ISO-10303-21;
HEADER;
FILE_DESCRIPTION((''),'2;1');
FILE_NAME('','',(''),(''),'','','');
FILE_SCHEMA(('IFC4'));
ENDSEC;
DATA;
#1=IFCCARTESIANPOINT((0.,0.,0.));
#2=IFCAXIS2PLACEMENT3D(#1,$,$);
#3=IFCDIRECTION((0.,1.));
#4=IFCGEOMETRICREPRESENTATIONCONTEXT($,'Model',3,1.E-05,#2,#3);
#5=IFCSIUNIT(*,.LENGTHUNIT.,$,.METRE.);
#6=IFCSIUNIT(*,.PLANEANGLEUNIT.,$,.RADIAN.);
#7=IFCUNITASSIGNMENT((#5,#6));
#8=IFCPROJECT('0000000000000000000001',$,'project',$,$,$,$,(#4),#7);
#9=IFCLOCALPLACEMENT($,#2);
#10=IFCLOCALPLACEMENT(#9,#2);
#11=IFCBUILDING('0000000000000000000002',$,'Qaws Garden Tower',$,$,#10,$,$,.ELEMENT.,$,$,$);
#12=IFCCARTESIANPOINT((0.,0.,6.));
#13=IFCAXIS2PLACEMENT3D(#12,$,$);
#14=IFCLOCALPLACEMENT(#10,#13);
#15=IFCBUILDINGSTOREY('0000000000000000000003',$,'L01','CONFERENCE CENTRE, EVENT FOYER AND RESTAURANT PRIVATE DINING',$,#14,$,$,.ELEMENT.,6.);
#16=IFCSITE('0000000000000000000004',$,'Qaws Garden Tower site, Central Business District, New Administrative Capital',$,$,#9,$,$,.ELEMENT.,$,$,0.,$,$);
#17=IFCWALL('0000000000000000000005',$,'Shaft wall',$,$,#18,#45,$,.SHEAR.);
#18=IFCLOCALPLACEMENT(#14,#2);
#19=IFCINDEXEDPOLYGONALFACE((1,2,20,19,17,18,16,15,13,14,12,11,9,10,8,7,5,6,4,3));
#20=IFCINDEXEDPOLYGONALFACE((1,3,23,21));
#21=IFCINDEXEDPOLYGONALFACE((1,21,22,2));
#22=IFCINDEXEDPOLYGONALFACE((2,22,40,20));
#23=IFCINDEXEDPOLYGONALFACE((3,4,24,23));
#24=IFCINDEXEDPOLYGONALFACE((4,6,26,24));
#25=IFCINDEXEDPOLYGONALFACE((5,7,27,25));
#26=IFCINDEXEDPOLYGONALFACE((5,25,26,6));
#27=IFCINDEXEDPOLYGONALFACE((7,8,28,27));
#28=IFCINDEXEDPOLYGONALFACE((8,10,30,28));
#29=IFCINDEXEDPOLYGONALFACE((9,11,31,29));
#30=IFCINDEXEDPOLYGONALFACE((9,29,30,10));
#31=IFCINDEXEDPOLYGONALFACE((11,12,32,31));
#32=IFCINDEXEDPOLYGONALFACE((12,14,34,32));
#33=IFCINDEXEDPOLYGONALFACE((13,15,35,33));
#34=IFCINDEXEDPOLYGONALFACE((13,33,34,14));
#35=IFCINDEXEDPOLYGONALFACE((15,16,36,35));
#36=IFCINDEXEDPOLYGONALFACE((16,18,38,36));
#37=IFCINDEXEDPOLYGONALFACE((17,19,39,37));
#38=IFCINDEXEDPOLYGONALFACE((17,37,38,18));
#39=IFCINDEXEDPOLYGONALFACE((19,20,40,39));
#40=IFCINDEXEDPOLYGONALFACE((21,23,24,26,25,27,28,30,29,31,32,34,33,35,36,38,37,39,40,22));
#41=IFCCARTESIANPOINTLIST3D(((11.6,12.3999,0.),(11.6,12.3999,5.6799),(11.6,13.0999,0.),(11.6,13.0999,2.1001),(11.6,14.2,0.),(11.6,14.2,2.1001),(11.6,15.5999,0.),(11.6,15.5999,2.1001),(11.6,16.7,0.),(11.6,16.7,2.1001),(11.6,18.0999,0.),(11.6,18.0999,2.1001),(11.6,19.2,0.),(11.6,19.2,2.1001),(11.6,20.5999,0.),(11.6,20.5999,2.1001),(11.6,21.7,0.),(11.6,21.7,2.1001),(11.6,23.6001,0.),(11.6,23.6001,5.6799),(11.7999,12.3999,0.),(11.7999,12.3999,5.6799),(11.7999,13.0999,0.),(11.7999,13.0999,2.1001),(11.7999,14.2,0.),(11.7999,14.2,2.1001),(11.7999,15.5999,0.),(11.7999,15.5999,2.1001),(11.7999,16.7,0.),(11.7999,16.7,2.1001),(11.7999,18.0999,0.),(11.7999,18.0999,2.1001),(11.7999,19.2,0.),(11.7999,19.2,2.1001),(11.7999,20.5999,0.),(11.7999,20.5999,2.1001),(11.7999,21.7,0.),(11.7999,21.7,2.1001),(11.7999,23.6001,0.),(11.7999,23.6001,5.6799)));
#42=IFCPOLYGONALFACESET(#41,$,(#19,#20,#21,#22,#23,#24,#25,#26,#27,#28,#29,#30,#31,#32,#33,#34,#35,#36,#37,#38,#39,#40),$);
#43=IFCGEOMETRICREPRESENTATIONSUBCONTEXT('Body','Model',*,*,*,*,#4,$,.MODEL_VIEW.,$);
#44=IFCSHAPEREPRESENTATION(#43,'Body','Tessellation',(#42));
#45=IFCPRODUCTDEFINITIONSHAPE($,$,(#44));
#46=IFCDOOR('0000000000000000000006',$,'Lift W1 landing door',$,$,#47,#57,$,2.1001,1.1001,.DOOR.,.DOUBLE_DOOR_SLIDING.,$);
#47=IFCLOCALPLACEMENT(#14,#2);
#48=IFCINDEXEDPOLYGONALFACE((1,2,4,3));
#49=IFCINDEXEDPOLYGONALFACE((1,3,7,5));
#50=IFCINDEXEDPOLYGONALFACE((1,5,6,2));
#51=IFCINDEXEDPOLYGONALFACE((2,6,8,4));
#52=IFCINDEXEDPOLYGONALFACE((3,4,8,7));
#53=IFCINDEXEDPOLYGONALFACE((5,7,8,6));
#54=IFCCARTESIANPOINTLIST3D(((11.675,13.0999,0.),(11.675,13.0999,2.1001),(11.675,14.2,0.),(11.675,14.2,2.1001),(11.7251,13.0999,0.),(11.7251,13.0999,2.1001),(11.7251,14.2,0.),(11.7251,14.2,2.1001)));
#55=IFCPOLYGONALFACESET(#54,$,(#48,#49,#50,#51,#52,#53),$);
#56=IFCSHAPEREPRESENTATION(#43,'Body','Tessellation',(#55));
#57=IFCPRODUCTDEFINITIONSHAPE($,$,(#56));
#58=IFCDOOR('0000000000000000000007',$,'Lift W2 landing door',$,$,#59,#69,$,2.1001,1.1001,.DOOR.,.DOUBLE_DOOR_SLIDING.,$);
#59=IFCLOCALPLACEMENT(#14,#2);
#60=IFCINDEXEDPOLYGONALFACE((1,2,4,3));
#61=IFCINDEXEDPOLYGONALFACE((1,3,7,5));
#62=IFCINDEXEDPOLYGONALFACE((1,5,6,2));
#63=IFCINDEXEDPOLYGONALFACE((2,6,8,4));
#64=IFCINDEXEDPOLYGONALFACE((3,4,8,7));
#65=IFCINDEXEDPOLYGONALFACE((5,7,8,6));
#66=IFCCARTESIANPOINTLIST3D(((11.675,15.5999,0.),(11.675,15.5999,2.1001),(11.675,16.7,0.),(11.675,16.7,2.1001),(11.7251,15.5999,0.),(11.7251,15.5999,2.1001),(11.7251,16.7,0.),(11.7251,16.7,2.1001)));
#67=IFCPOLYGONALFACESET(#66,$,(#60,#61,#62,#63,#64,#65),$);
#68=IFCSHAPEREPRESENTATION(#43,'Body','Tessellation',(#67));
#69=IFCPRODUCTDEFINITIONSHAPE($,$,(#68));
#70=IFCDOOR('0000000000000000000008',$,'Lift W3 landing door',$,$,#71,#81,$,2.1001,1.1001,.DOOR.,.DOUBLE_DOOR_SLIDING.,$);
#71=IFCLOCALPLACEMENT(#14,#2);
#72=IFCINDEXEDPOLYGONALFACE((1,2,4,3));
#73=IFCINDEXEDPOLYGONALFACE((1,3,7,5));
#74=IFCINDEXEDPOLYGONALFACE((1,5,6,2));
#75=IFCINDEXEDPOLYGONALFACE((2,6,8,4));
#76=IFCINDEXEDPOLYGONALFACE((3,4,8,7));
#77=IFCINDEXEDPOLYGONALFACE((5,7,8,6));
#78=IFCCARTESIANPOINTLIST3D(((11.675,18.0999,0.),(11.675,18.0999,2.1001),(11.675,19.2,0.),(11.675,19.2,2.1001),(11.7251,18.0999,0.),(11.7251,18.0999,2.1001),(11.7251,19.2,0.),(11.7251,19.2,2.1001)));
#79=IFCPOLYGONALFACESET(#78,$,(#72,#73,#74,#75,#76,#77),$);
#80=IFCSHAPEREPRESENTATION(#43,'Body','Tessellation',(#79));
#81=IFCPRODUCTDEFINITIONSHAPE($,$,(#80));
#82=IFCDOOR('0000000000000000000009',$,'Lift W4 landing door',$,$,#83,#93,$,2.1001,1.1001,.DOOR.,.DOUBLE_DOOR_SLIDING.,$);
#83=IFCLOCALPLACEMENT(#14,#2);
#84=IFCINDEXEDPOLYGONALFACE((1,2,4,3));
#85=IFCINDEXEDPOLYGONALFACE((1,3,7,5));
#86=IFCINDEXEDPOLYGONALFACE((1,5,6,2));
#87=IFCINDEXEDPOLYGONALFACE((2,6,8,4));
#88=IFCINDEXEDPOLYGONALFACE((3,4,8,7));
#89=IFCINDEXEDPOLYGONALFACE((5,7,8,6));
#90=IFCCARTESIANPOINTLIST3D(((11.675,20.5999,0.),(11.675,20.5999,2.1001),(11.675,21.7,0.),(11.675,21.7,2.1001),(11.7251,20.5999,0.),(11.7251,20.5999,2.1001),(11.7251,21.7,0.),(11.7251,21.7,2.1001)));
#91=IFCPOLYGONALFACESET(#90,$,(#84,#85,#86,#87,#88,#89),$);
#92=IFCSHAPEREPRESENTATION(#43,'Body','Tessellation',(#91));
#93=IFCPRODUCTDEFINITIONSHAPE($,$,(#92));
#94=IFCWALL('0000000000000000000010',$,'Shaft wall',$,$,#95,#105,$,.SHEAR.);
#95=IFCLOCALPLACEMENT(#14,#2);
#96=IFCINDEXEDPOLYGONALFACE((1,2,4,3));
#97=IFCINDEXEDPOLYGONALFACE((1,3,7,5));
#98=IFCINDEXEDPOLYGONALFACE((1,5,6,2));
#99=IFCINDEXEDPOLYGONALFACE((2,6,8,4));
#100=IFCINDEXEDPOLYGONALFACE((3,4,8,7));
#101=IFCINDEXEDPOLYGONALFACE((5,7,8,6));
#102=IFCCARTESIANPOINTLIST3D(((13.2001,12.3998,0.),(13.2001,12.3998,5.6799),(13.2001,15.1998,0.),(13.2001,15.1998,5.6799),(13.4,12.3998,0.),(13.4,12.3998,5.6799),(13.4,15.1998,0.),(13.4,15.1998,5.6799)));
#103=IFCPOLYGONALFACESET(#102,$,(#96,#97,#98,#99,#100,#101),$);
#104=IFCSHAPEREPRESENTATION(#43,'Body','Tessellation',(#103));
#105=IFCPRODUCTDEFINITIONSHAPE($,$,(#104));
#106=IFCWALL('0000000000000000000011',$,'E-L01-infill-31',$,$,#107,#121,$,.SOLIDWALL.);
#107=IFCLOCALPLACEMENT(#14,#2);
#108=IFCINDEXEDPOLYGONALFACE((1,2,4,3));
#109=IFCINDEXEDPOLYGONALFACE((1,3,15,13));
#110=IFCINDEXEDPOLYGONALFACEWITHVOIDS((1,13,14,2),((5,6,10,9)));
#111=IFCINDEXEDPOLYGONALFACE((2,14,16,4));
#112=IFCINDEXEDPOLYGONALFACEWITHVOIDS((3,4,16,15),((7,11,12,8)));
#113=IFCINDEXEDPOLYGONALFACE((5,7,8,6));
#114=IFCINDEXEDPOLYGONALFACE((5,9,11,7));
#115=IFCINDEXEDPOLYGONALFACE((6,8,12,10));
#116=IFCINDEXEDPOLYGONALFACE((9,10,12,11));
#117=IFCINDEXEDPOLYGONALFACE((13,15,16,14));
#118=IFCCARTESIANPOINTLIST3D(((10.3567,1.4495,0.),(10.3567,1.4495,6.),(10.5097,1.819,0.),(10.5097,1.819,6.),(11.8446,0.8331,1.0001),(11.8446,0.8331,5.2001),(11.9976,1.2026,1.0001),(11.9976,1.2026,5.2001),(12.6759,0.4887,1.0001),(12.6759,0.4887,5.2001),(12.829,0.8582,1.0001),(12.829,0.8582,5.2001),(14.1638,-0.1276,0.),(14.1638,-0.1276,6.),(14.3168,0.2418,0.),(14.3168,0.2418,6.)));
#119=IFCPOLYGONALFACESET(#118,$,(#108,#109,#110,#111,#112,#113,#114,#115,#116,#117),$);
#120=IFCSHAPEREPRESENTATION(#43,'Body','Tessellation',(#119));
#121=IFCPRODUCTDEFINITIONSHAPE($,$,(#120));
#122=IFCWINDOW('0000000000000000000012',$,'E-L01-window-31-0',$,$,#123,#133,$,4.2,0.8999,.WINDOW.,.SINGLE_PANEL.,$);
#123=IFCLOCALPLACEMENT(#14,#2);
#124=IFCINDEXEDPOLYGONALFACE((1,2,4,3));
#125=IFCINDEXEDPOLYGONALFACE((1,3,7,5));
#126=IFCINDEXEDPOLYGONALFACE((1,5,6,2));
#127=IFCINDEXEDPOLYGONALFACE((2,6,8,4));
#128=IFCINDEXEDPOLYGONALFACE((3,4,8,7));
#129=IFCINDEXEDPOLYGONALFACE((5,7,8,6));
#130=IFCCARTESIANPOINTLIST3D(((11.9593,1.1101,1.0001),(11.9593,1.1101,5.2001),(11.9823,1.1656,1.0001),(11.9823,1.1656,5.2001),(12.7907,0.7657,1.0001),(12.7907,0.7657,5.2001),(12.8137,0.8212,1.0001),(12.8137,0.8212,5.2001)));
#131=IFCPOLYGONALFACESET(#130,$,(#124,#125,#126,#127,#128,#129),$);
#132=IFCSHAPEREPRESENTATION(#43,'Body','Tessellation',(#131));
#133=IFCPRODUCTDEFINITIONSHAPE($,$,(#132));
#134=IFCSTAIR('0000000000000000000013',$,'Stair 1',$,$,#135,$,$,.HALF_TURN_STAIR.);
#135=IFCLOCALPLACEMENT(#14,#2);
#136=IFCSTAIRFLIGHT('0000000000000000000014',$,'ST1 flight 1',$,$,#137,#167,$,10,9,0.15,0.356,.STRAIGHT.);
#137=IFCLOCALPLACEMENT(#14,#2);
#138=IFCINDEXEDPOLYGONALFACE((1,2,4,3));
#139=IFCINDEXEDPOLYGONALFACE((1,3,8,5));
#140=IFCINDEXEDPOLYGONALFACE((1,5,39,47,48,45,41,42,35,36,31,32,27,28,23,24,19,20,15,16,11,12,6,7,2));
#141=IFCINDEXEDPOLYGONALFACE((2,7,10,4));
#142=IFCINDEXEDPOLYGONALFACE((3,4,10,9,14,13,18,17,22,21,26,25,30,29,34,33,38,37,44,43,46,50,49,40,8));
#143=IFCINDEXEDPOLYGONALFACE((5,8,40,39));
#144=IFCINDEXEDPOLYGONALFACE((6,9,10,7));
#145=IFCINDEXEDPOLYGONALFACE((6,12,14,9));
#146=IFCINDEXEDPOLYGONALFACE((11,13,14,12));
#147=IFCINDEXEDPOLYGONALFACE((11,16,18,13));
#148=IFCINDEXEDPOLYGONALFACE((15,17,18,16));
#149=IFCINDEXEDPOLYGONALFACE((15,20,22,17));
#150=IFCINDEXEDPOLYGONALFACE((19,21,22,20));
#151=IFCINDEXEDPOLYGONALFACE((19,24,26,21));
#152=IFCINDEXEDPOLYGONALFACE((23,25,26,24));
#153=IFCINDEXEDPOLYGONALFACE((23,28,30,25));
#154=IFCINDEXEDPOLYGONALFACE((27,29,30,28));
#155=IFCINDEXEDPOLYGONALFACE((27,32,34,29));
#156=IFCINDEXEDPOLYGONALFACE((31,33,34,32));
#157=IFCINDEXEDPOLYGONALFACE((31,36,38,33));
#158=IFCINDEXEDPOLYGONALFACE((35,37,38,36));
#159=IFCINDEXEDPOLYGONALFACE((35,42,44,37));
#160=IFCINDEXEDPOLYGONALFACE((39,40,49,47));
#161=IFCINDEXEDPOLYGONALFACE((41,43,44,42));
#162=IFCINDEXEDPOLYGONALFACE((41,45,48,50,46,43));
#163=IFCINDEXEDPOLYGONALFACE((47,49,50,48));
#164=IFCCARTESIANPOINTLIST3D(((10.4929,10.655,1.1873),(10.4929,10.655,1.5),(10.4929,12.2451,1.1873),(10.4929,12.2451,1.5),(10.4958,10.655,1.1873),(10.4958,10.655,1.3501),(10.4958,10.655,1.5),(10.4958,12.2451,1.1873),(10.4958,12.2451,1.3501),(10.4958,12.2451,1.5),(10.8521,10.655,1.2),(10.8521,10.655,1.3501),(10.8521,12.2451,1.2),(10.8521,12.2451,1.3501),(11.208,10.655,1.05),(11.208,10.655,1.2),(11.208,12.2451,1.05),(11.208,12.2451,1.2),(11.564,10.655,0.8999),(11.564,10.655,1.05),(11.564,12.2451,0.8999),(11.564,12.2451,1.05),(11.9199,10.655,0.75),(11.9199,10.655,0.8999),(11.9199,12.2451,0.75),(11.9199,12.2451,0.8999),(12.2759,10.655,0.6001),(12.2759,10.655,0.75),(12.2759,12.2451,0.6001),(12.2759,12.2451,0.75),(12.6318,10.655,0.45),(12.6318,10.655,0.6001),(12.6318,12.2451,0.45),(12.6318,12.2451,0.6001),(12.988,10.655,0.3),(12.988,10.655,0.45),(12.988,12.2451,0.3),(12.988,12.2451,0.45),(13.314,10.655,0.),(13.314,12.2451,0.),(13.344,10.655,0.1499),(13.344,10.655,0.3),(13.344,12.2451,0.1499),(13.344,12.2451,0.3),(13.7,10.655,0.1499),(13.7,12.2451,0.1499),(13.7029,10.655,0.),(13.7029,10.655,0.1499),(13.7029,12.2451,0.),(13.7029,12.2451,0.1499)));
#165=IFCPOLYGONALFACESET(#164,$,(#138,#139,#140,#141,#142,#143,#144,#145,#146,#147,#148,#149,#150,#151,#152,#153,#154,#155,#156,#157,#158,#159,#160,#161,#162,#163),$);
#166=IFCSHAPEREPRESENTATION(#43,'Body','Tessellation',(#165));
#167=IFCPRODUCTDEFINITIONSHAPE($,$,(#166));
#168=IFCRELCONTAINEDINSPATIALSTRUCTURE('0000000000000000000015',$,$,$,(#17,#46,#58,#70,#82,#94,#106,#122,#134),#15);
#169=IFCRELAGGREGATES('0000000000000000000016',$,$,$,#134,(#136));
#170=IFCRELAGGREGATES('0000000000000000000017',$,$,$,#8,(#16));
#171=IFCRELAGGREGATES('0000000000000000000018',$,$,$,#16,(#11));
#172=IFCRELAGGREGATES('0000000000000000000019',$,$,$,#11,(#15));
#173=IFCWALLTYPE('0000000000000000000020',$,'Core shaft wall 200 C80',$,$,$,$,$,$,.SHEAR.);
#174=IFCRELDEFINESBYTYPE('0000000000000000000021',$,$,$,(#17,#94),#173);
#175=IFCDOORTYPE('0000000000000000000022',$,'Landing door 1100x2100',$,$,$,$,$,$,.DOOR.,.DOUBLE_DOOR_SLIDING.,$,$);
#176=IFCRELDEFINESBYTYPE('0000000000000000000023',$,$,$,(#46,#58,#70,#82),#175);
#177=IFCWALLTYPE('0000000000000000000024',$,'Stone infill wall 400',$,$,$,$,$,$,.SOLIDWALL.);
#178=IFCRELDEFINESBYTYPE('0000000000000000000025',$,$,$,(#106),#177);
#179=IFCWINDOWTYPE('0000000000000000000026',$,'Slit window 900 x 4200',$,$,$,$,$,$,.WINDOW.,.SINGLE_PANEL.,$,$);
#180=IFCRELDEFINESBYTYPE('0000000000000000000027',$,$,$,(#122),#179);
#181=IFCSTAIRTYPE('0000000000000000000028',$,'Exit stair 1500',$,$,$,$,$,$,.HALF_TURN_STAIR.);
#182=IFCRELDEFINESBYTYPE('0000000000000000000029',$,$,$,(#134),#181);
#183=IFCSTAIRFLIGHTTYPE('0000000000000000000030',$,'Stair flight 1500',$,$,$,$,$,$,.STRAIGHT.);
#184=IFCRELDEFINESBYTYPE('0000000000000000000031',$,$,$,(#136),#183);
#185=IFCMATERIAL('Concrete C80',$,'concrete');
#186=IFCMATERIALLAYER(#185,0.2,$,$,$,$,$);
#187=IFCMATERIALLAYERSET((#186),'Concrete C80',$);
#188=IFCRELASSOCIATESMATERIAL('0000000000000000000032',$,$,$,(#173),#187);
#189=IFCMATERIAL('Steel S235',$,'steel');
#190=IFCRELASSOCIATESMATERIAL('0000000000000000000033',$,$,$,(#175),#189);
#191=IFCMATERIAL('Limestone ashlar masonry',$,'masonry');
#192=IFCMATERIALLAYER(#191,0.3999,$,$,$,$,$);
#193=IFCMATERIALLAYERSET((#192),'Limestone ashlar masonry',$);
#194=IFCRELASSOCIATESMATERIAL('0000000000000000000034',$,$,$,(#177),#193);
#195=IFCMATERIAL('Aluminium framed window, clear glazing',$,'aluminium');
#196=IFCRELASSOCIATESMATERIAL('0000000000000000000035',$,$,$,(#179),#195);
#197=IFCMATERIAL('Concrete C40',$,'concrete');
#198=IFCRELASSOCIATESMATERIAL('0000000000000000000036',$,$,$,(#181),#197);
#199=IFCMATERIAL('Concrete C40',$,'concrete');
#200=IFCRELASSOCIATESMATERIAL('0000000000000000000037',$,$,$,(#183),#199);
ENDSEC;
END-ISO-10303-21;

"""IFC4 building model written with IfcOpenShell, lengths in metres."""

from ifc_helpers import new_model, si_unit, direction, frame, frame_2d, origin, place, context, subcontext, project, spatial, polyline, rectangle, outline, extrude, material, layer, layer_set, type_object, element, fill, aggregate, save


model = new_model("IFC4")

# Units and contexts
model_context = context("Model", 3, precision=1e-05, world=origin(), true_north=direction((0.0, 1.0)))
body_context = subcontext(model_context, "Body", "Model", "MODEL_VIEW")
ifc_project = project(units=[si_unit("LENGTHUNIT", "METRE"), si_unit("PLANEANGLEUNIT", "RADIAN")], contexts=[model_context])

# Site, building, storey
site_placement = place(None, origin())
site = spatial("IfcSite", under=ifc_project, at=site_placement, Name="Qaws Garden Tower site, Central Business District, New Administrative Capital", CompositionType="ELEMENT", RefElevation=0.0)
building_placement = place(site_placement, origin())
building = spatial("IfcBuilding", under=site, at=building_placement, Name="Qaws Garden Tower", CompositionType="ELEMENT")
storey_placement = place(building_placement, frame((0.0, 0.0, 6.0)))
storey = spatial("IfcBuildingStorey", under=building, at=storey_placement, Name="L01", Description="CONFERENCE CENTRE, EVENT FOYER AND RESTAURANT PRIVATE DINING", CompositionType="ELEMENT", Elevation=6.0)

# Shared definitions
ifc_material_1 = material(Name="Concrete C80", Category="concrete")
ifc_layer_1 = layer(ifc_material_1, 0.2)
ifc_layer_set_1 = layer_set([ifc_layer_1], Name="Concrete C80")
wall_type_1 = type_object("IfcWallType", Name="Core shaft wall 200 C80", PredefinedType="SHEAR", material=ifc_layer_set_1)
ifc_material_2 = material(Name="Steel S235", Category="steel")
door_type_1 = type_object("IfcDoorType", Name="Landing door 1100x2100", OperationType="DOUBLE_DOOR_SLIDING", PredefinedType="DOOR", material=ifc_material_2)

# Wall, openings, doors
wall_1_placement = place(storey_placement, frame((11.7, 12.3999, 0.0), z_axis=(0.0, 0.0, 1.0), x_axis=(0.0, 1.0, 0.0)))
wall_1 = element("IfcWall", 1, at=wall_1_placement, inside=storey, type_object=wall_type_1, Name="Shaft wall", PredefinedType="SHEAR", context=body_context, shape_type="SweptSolid", body=[
    extrude(rectangle(XDim=11.2002, YDim=0.2, at=frame_2d((5.6001, 0.0))), origin(), (0.0, 0.0, 1.0), 5.6799),
])
opening_1_placement = place(wall_1_placement, frame((0.7, 0.0, 0.0)))
opening_1 = element("IfcOpeningElement", 2, at=opening_1_placement, cuts=wall_1, PredefinedType="OPENING", context=body_context, shape_type="SweptSolid", body=[
    extrude(rectangle(XDim=1.1001, YDim=2.1001, at=frame_2d((0.55, 1.05))), frame((0.0, 0.1099, 0.0), z_axis=(0.0, -1.0, 0.0), x_axis=(1.0, 0.0, 0.0)), (0.0, 0.0, 1.0), 0.22),
])
opening_2_placement = place(wall_1_placement, frame((3.2, 0.0, 0.0)))
opening_2 = element("IfcOpeningElement", 3, at=opening_2_placement, cuts=wall_1, PredefinedType="OPENING", context=body_context, shape_type="SweptSolid", body=[
    extrude(rectangle(XDim=1.1001, YDim=2.1001, at=frame_2d((0.55, 1.05))), frame((0.0, 0.1099, 0.0), z_axis=(0.0, -1.0, 0.0), x_axis=(1.0, 0.0, 0.0)), (0.0, 0.0, 1.0), 0.22),
])
opening_3_placement = place(wall_1_placement, frame((5.7, 0.0, 0.0)))
opening_3 = element("IfcOpeningElement", 4, at=opening_3_placement, cuts=wall_1, PredefinedType="OPENING", context=body_context, shape_type="SweptSolid", body=[
    extrude(rectangle(XDim=1.1001, YDim=2.1001, at=frame_2d((0.55, 1.05))), frame((0.0, 0.1099, 0.0), z_axis=(0.0, -1.0, 0.0), x_axis=(1.0, 0.0, 0.0)), (0.0, 0.0, 1.0), 0.22),
])
opening_4_placement = place(wall_1_placement, frame((8.2, 0.0, 0.0)))
opening_4 = element("IfcOpeningElement", 5, at=opening_4_placement, cuts=wall_1, PredefinedType="OPENING", context=body_context, shape_type="SweptSolid", body=[
    extrude(rectangle(XDim=1.1001, YDim=2.1001, at=frame_2d((0.55, 1.05))), frame((0.0, 0.1099, 0.0), z_axis=(0.0, -1.0, 0.0), x_axis=(1.0, 0.0, 0.0)), (0.0, 0.0, 1.0), 0.22),
])
door_1_placement = place(opening_1_placement, origin())
door_1 = element("IfcDoor", 6, at=door_1_placement, inside=storey, type_object=door_type_1, Name="Lift W1 landing door", OperationType="DOUBLE_DOOR_SLIDING", OverallHeight=2.1001, OverallWidth=1.1001, PredefinedType="DOOR", context=body_context, shape_type="SweptSolid", body=[
    extrude(rectangle(XDim=1.1001, YDim=2.1001, at=frame_2d((0.55, 1.05))), frame((0.0, 0.0249, 0.0), z_axis=(0.0, -1.0, 0.0), x_axis=(1.0, 0.0, 0.0)), (0.0, 0.0, 1.0), 0.05),
])
fill(opening_1, door_1)
door_2_placement = place(opening_2_placement, origin())
door_2 = element("IfcDoor", 7, at=door_2_placement, inside=storey, type_object=door_type_1, Name="Lift W2 landing door", OperationType="DOUBLE_DOOR_SLIDING", OverallHeight=2.1001, OverallWidth=1.1001, PredefinedType="DOOR", context=body_context, shape_type="SweptSolid", body=[
    extrude(rectangle(XDim=1.1001, YDim=2.1001, at=frame_2d((0.55, 1.05))), frame((0.0, 0.0249, 0.0), z_axis=(0.0, -1.0, 0.0), x_axis=(1.0, 0.0, 0.0)), (0.0, 0.0, 1.0), 0.05),
])
fill(opening_2, door_2)
door_3_placement = place(opening_3_placement, origin())
door_3 = element("IfcDoor", 8, at=door_3_placement, inside=storey, type_object=door_type_1, Name="Lift W3 landing door", OperationType="DOUBLE_DOOR_SLIDING", OverallHeight=2.1001, OverallWidth=1.1001, PredefinedType="DOOR", context=body_context, shape_type="SweptSolid", body=[
    extrude(rectangle(XDim=1.1001, YDim=2.1001, at=frame_2d((0.55, 1.05))), frame((0.0, 0.0249, 0.0), z_axis=(0.0, -1.0, 0.0), x_axis=(1.0, 0.0, 0.0)), (0.0, 0.0, 1.0), 0.05),
])
fill(opening_3, door_3)
door_4_placement = place(opening_4_placement, origin())
door_4 = element("IfcDoor", 9, at=door_4_placement, inside=storey, type_object=door_type_1, Name="Lift W4 landing door", OperationType="DOUBLE_DOOR_SLIDING", OverallHeight=2.1001, OverallWidth=1.1001, PredefinedType="DOOR", context=body_context, shape_type="SweptSolid", body=[
    extrude(rectangle(XDim=1.1001, YDim=2.1001, at=frame_2d((0.55, 1.05))), frame((0.0, 0.0249, 0.0), z_axis=(0.0, -1.0, 0.0), x_axis=(1.0, 0.0, 0.0)), (0.0, 0.0, 1.0), 0.05),
])
fill(opening_4, door_4)

# Wall
wall_2_placement = place(storey_placement, frame((13.3, 12.3999, 0.0), z_axis=(0.0, 0.0, 1.0), x_axis=(0.0, 1.0, 0.0)))
element("IfcWall", 10, at=wall_2_placement, inside=storey, type_object=wall_type_1, Name="Shaft wall", PredefinedType="SHEAR", context=body_context, shape_type="SweptSolid", body=[
    extrude(rectangle(XDim=2.8, YDim=0.2, at=frame_2d((1.3999, 0.0))), origin(), (0.0, 0.0, 1.0), 5.6799),
])

# Wall, opening, window
ifc_material_3 = material(Name="Limestone ashlar masonry", Category="masonry")
ifc_layer_2 = layer(ifc_material_3, 0.3999)
ifc_layer_set_2 = layer_set([ifc_layer_2], Name="Limestone ashlar masonry")
wall_type_2 = type_object("IfcWallType", Name="Stone infill wall 400", PredefinedType="SOLIDWALL", material=ifc_layer_set_2)
wall_3_placement = place(storey_placement, frame((10.4331, 1.6343, 0.0), z_axis=(0.0, 0.0, 1.0), x_axis=(0.923864, -0.382722, 0.0)))
wall_3 = element("IfcWall", 11, at=wall_3_placement, inside=storey, type_object=wall_type_2, Name="E-L01-infill-31", PredefinedType="SOLIDWALL", context=body_context, shape_type="SweptSolid", body=[
    extrude(rectangle(XDim=4.1208, YDim=0.3999, at=frame_2d((2.0605, 0.0))), origin(), (0.0, 0.0, 1.0), 6.0),
])
opening_5_placement = place(wall_3_placement, frame((1.6106, 0.0, 1.0)))
opening_5 = element("IfcOpeningElement", 12, at=opening_5_placement, cuts=wall_3, PredefinedType="OPENING", context=body_context, shape_type="SweptSolid", body=[
    extrude(rectangle(XDim=0.8999, YDim=4.2, at=frame_2d((0.45, 2.1001))), frame((0.0, 0.21, 0.0), z_axis=(0.0, -1.0, 0.0), x_axis=(1.0, 0.0, 0.0)), (0.0, 0.0, 1.0), 0.4199),
])
ifc_material_4 = material(Name="Aluminium framed window, clear glazing", Category="aluminium")
window_type = type_object("IfcWindowType", Name="Slit window 900 x 4200", PartitioningType="SINGLE_PANEL", PredefinedType="WINDOW", material=ifc_material_4)
window_placement = place(opening_5_placement, origin())
window = element("IfcWindow", 13, at=window_placement, inside=storey, type_object=window_type, Name="E-L01-window-31-0", OverallHeight=4.2, OverallWidth=0.8999, PartitioningType="SINGLE_PANEL", PredefinedType="WINDOW", context=body_context, shape_type="SweptSolid", body=[
    extrude(rectangle(XDim=0.8999, YDim=4.2, at=frame_2d((0.45, 2.1001))), frame((0.0, 0.1599, 0.0), z_axis=(0.0, -1.0, 0.0), x_axis=(1.0, 0.0, 0.0)), (0.0, 0.0, 1.0), 0.0601),
])
fill(opening_5, window)

# Stair, stair flight
ifc_material_5 = material(Name="Concrete C40", Category="concrete")
stair_type = type_object("IfcStairType", Name="Exit stair 1500", PredefinedType="HALF_TURN_STAIR", material=ifc_material_5)
stair_placement = place(storey_placement, origin())
stair = element("IfcStair", 14, at=stair_placement, inside=storey, type_object=stair_type, Name="Stair 1", PredefinedType="HALF_TURN_STAIR")
ifc_material_6 = material(Name="Concrete C40", Category="concrete")
stair_flight_type = type_object("IfcStairFlightType", Name="Stair flight 1500", PredefinedType="STRAIGHT", material=ifc_material_6)
stair_flight_1_placement = place(storey_placement, frame((13.7, 11.45, 0.0), z_axis=(0.0, 0.0, 1.0), x_axis=(-1.0, 0.0, 0.0)))
stair_flight_1 = element("IfcStairFlight", 15, at=stair_flight_1_placement, type_object=stair_flight_type, Name="ST1 flight 1", NumberOfRisers=10, NumberOfTreads=9, PredefinedType="STRAIGHT", RiserHeight=0.15, TreadLength=0.356, context=body_context, shape_type="SweptSolid", body=[
    extrude(outline(polyline([(-0.0029, 0.0), (-0.0029, 0.1499), (0.0, 0.1499), (0.356, 0.1499), (0.356, 0.3), (0.7119, 0.3), (0.7119, 0.45), (1.0681, 0.45), (1.0681, 0.6001), (1.4241, 0.6001), (1.4241, 0.75), (1.78, 0.75), (1.78, 0.8999), (2.136, 0.8999), (2.136, 1.05), (2.4919, 1.05), (2.4919, 1.2), (2.8479, 1.2), (2.8479, 1.3501), (3.2041, 1.3501), (3.2041, 1.5), (3.207, 1.5), (3.207, 1.1873), (3.2041, 1.1873), (0.386, 0.0), (-0.0029, 0.0)])), frame((0.0, 0.7949, 0.0), z_axis=(0.0, -1.0, 0.0), x_axis=(1.0, 0.0, 0.0)), (0.0, 0.0, 1.0), 1.5901),
])
aggregate(stair, [stair_flight_1])

save(model, "model.ifc")
